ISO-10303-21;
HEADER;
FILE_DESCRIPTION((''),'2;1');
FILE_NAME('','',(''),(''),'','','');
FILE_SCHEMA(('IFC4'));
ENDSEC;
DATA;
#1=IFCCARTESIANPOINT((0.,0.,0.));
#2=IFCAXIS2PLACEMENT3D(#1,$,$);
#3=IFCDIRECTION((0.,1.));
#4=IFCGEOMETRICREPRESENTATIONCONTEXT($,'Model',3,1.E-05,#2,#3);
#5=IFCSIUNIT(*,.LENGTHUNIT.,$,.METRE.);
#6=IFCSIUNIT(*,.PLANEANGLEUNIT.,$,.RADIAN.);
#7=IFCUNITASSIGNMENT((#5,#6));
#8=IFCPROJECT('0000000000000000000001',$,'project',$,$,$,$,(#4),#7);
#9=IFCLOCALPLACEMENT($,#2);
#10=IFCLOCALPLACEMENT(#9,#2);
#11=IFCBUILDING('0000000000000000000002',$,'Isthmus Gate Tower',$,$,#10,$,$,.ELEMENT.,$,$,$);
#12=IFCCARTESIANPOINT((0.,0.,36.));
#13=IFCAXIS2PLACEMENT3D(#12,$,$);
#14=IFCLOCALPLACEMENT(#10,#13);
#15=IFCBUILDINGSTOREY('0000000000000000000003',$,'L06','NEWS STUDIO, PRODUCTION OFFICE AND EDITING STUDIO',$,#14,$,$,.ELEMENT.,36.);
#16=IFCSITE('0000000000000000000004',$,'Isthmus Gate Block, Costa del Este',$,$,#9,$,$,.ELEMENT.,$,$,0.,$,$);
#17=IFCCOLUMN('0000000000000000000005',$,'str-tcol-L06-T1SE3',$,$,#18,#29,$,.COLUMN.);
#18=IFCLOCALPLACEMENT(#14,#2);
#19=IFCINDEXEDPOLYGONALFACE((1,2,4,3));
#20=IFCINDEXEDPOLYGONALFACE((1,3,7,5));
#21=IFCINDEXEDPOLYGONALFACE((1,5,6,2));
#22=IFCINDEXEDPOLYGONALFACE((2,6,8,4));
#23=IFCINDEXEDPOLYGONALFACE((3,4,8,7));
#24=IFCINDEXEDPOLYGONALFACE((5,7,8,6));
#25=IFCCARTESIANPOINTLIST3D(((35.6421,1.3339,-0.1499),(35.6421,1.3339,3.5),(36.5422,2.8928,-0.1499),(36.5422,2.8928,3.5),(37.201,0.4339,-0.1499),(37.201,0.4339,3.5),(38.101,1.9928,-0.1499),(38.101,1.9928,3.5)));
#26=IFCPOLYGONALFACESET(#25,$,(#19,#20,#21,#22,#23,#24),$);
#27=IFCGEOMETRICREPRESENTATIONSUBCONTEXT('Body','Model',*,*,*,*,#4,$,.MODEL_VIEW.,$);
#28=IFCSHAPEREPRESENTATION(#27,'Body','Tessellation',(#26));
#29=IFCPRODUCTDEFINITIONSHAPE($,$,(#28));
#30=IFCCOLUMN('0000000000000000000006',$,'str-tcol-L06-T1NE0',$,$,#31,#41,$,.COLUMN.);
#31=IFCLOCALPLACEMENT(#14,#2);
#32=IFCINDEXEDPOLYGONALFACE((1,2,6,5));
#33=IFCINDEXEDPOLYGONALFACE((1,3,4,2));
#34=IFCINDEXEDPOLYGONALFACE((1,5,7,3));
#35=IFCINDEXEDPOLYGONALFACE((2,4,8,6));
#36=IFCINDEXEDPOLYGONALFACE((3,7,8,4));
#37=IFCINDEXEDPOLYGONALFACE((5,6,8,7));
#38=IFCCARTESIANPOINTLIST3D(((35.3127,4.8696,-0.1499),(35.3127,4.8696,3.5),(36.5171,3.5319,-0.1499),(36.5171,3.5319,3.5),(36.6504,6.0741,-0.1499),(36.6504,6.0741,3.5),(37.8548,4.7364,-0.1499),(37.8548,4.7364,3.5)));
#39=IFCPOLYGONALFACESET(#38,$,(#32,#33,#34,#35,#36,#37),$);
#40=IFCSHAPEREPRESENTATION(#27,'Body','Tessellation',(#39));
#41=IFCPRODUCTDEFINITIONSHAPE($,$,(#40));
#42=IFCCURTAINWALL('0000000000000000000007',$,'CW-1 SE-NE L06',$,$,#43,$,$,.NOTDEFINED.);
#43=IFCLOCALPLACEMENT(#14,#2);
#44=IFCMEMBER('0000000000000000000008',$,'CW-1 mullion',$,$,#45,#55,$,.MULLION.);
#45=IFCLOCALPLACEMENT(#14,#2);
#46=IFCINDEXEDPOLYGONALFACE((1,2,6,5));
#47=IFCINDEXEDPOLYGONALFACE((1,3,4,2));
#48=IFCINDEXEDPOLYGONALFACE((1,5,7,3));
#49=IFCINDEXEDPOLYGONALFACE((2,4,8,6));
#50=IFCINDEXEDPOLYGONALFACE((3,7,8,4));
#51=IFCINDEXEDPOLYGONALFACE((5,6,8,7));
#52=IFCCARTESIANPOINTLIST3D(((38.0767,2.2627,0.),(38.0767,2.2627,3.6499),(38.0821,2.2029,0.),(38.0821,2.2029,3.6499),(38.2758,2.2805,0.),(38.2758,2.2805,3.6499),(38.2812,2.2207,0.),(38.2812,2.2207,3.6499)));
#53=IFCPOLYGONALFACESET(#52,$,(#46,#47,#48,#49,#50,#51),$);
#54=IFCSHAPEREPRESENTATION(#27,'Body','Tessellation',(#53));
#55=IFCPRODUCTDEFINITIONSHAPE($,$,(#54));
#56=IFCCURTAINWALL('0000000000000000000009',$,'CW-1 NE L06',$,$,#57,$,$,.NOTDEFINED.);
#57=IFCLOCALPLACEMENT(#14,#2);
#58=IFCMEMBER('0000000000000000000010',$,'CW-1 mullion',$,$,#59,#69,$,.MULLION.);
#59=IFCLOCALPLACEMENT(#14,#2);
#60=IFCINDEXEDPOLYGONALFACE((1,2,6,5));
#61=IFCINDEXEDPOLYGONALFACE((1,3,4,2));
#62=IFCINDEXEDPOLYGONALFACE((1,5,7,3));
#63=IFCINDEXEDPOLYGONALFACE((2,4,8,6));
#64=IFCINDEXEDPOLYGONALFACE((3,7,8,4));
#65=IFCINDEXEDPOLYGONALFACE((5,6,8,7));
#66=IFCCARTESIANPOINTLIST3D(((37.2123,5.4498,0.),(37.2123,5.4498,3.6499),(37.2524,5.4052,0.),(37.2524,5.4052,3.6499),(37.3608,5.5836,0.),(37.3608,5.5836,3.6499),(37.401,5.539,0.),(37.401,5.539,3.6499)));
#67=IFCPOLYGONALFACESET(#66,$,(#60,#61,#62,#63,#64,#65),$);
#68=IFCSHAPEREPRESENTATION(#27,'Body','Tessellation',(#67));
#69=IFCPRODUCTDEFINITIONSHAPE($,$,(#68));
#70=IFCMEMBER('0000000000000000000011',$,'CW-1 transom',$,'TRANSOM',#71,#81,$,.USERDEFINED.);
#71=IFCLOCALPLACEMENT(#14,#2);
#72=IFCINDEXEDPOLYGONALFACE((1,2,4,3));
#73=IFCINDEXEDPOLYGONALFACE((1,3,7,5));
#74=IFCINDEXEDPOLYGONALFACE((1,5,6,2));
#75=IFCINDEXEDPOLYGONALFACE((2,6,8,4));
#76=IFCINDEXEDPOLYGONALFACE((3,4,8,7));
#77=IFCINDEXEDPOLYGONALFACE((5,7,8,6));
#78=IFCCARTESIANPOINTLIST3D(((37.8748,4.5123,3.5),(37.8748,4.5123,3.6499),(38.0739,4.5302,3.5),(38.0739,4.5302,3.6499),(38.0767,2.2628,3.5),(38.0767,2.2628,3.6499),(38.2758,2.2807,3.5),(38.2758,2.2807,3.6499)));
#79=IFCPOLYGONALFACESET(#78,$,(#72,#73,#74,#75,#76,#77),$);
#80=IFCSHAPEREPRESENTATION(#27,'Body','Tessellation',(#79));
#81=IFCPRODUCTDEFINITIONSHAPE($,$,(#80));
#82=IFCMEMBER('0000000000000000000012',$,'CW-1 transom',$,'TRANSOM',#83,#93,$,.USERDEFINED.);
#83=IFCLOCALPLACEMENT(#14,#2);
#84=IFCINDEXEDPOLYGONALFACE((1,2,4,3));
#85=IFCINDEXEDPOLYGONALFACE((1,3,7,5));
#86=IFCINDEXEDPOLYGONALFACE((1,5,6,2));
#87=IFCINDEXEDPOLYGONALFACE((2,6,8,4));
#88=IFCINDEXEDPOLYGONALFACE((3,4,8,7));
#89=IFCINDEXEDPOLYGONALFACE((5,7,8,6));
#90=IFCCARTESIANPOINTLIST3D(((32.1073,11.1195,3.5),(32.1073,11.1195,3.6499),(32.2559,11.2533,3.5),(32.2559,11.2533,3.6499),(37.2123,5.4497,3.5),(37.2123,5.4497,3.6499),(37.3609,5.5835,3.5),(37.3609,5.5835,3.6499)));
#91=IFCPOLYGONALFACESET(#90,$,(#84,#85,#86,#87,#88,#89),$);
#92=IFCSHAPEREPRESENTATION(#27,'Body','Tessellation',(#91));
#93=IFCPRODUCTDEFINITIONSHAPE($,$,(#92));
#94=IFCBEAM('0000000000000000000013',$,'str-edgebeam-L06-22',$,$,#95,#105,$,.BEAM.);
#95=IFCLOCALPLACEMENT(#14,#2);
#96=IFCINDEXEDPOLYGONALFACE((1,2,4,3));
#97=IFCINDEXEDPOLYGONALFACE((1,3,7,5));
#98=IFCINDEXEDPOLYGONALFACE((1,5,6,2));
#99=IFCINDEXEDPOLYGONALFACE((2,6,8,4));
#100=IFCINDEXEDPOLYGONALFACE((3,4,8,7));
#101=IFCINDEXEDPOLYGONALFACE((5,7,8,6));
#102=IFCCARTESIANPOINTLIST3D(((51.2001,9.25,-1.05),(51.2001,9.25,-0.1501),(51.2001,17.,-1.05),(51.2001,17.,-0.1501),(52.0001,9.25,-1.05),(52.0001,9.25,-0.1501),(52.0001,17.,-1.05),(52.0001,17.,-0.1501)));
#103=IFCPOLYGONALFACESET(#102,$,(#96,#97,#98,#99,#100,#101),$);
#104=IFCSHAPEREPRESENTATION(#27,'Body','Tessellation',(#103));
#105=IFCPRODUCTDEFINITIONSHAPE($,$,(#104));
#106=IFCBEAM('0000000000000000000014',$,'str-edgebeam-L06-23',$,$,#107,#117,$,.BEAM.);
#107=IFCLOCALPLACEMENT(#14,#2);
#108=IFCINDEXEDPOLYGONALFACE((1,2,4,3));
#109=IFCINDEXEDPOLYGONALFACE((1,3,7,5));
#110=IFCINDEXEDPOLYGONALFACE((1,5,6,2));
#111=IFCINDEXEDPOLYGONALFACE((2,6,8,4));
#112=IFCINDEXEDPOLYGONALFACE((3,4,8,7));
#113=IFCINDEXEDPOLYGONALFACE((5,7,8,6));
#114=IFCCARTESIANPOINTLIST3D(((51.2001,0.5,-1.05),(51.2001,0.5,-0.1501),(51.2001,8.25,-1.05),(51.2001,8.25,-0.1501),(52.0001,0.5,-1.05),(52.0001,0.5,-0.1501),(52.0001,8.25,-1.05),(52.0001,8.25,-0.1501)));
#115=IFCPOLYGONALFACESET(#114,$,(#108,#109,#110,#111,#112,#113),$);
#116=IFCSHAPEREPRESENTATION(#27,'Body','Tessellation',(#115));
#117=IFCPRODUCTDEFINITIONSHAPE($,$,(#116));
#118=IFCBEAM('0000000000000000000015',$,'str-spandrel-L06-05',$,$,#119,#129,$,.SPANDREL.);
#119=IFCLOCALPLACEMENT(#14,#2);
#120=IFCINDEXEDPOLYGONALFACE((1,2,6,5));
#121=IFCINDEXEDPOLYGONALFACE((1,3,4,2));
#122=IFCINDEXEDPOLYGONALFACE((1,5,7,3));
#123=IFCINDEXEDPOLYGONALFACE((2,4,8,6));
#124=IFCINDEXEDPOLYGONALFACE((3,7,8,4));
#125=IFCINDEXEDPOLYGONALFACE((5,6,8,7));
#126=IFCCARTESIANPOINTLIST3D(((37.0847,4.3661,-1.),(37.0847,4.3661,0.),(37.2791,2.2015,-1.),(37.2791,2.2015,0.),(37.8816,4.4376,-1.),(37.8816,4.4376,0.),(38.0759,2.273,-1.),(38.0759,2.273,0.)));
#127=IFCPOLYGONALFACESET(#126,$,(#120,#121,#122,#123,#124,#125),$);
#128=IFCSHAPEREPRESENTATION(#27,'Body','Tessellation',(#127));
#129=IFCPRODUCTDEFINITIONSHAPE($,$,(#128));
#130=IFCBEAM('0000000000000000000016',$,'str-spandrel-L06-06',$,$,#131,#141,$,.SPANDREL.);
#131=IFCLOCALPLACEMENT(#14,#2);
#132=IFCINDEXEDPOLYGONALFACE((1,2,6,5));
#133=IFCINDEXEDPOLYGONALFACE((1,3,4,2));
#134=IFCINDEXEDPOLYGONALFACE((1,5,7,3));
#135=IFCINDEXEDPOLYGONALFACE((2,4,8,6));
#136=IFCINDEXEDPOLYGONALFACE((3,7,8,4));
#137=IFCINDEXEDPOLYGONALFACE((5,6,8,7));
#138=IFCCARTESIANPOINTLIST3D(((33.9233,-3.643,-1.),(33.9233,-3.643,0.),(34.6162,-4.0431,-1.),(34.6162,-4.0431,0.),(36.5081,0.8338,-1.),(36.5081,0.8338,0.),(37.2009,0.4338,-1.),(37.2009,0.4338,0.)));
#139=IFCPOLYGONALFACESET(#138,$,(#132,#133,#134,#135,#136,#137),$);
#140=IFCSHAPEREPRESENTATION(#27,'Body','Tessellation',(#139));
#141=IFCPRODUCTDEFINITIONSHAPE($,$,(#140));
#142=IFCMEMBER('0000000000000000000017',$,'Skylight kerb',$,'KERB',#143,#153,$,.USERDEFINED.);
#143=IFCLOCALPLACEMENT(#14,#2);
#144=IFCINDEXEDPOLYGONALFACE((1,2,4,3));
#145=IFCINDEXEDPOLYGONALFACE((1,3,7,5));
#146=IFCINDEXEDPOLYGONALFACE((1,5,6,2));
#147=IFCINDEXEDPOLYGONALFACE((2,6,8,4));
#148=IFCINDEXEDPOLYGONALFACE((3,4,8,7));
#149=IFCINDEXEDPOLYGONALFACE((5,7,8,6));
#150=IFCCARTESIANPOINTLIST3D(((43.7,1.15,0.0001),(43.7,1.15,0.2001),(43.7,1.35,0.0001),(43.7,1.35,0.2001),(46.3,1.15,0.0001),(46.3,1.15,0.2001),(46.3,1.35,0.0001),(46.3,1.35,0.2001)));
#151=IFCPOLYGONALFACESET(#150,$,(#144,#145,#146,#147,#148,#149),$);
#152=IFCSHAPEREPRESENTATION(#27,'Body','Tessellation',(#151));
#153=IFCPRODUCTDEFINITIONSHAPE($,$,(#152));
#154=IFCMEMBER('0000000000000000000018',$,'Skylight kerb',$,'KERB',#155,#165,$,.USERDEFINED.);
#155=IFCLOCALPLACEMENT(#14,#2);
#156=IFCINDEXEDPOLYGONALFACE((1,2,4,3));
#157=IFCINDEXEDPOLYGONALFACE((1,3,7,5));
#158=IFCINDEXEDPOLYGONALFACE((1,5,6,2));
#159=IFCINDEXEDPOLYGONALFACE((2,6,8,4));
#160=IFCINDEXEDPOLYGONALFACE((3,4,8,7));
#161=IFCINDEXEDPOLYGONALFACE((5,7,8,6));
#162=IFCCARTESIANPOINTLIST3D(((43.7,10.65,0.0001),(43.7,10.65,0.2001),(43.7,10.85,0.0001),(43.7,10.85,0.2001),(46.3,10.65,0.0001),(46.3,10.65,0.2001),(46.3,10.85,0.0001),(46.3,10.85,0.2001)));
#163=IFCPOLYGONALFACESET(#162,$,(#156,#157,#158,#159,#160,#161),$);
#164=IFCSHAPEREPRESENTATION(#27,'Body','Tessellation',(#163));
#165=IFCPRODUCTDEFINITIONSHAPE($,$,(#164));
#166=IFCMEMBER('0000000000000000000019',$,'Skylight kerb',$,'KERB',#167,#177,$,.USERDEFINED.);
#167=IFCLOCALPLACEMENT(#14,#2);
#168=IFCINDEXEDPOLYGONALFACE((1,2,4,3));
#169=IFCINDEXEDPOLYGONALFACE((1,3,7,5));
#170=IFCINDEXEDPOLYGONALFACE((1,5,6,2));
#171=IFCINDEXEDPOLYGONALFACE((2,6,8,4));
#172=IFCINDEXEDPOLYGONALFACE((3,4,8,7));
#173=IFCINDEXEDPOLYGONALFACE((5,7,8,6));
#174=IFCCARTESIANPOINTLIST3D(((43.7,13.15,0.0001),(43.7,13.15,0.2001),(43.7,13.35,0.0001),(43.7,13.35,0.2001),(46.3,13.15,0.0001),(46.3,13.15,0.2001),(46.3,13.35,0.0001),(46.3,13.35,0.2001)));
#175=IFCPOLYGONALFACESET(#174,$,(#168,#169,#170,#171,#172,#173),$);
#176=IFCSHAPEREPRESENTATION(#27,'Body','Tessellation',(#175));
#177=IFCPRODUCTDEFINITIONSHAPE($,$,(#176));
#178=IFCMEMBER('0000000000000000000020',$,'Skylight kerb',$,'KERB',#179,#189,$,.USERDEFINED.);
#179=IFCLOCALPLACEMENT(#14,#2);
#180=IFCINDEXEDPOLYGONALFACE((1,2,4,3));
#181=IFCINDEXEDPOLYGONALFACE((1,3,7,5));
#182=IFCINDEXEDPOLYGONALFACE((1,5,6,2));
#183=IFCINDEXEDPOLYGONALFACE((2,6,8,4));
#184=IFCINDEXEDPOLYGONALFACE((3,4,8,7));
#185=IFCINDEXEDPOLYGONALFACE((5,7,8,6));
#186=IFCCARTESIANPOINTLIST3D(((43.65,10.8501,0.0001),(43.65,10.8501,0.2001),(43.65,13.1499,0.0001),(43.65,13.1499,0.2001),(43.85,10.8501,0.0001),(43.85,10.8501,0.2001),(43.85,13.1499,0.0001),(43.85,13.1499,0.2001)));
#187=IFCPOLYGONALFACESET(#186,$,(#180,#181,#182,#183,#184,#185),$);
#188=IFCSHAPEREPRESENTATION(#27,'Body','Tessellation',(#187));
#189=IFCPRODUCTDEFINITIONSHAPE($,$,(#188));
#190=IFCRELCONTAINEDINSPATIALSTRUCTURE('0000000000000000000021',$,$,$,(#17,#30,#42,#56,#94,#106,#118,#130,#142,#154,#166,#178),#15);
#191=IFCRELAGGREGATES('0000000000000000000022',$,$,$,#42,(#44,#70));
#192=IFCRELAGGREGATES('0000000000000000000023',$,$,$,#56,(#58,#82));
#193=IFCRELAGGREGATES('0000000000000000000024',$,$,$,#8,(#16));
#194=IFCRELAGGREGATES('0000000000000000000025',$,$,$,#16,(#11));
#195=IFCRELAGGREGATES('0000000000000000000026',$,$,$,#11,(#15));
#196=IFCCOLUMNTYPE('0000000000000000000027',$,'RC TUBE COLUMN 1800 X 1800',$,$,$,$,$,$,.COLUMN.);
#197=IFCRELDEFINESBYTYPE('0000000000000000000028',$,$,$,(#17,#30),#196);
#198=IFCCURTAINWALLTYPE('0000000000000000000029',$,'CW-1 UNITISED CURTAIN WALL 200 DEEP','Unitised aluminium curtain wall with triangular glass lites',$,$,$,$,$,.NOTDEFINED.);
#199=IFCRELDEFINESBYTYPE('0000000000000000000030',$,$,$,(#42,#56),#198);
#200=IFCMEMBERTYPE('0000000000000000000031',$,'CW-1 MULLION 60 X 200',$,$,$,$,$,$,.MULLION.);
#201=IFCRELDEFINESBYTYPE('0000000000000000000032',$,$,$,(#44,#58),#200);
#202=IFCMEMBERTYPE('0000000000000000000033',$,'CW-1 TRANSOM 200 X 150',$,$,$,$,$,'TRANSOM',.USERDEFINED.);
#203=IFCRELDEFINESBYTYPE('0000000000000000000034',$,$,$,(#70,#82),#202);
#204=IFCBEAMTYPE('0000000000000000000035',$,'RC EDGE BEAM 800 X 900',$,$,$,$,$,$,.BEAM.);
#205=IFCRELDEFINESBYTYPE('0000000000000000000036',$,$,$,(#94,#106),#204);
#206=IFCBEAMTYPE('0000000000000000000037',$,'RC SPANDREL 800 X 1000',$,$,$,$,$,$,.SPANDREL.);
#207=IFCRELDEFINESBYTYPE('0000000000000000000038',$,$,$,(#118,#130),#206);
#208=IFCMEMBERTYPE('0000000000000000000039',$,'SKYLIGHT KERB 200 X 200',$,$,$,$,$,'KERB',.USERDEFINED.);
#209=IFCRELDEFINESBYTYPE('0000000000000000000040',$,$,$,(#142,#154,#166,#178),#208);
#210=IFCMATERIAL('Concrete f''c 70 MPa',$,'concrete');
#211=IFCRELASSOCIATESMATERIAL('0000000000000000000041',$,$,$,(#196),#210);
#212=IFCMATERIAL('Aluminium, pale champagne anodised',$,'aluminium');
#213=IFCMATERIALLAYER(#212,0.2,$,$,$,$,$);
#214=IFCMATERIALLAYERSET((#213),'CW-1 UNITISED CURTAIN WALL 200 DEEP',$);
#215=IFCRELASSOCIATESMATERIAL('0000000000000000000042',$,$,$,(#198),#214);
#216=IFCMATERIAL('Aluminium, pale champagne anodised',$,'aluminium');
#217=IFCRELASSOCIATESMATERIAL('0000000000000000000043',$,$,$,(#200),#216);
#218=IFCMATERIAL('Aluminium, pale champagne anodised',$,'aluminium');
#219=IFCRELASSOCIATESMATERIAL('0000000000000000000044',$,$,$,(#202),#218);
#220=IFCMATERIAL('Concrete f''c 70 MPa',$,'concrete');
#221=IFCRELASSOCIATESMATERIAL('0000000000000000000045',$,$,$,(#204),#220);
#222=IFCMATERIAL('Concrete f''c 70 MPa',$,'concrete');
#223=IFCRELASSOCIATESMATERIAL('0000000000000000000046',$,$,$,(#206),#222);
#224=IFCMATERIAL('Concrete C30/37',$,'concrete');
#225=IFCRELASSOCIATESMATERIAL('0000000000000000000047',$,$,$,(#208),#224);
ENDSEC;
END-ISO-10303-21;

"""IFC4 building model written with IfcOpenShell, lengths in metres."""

from ifc_helpers import new_model, si_unit, direction, frame, origin, origin_2d, place, context, subcontext, project, spatial, rectangle, extrude, material, layer, layer_set, material_profile, profile_set, type_object, element, aggregate, save


model = new_model("IFC4")

# Units and contexts
model_context = context("Model", 3, precision=1e-05, world=origin(), true_north=direction((0.0, 1.0)))
body_context = subcontext(model_context, "Body", "Model", "MODEL_VIEW")
ifc_project = project(units=[si_unit("LENGTHUNIT", "METRE"), si_unit("PLANEANGLEUNIT", "RADIAN")], contexts=[model_context])

# Site, building, storey
site_placement = place(None, origin())
site = spatial("IfcSite", under=ifc_project, at=site_placement, Name="Isthmus Gate Block, Costa del Este", CompositionType="ELEMENT", RefElevation=0.0)
building_placement = place(site_placement, origin())
building = spatial("IfcBuilding", under=site, at=building_placement, Name="Isthmus Gate Tower", CompositionType="ELEMENT")
storey_placement = place(building_placement, frame((0.0, 0.0, 36.0)))
storey = spatial("IfcBuildingStorey", under=building, at=storey_placement, Name="L06", Description="NEWS STUDIO, PRODUCTION OFFICE AND EDITING STUDIO", CompositionType="ELEMENT", Elevation=36.0)

# Columns
ifc_material_1 = material(Name="Concrete f'c 70 MPa", Category="concrete")
ifc_material_profile_1 = material_profile(ifc_material_1, rectangle(XDim=1.8, YDim=1.8, at=origin_2d()), Name="RC 1800X1800")
ifc_profile_set_1 = profile_set([ifc_material_profile_1], Name="Concrete f'c 70 MPa")
column_type = type_object("IfcColumnType", Name="RC TUBE COLUMN 1800 X 1800", PredefinedType="COLUMN", material=ifc_profile_set_1)
for number, where, z_axis, x_axis, name in (
    (1, (36.8716, 1.6633, -0.1499), (0.0, 0.0, 1.0), (0.5, 0.866025, 0.0), "str-tcol-L06-T1SE3"),
    (2, (36.5837, 4.803, -0.1499), (0.0, 0.0, 1.0), (-0.669131, 0.743145, 0.0), "str-tcol-L06-T1NE0"),
):
    element("IfcColumn", number, at=place(storey_placement, frame(where, z_axis=z_axis, x_axis=x_axis)), inside=storey, type_object=column_type, Name=name, PredefinedType="COLUMN", context=body_context, shape_type="SweptSolid", body=[
        extrude(rectangle(XDim=1.8, YDim=1.8, at=origin_2d()), origin(), (0.0, 0.0, 1.0), 3.6499),
    ])

# Curtain walls, members
ifc_material_2 = material(Name="Aluminium, pale champagne anodised", Category="aluminium")
ifc_layer_1 = layer(ifc_material_2, 0.2)
ifc_layer_set_1 = layer_set([ifc_layer_1], Name="CW-1 UNITISED CURTAIN WALL 200 DEEP")
curtain_wall_type = type_object("IfcCurtainWallType", Name="CW-1 UNITISED CURTAIN WALL 200 DEEP", Description="Unitised aluminium curtain wall with triangular glass lites", PredefinedType="NOTDEFINED", material=ifc_layer_set_1)
curtain_wall_1_placement = place(storey_placement, origin())
curtain_wall_1 = element("IfcCurtainWall", 3, at=curtain_wall_1_placement, inside=storey, type_object=curtain_wall_type, Name="CW-1 SE-NE L06", PredefinedType="NOTDEFINED")
ifc_material_3 = material(Name="Aluminium, pale champagne anodised", Category="aluminium")
ifc_material_profile_2 = material_profile(ifc_material_3, rectangle(XDim=0.0601, YDim=0.2, at=origin_2d()), Name="60x200")
ifc_profile_set_2 = profile_set([ifc_material_profile_2], Name="Aluminium, pale champagne anodised")
member_type_1 = type_object("IfcMemberType", Name="CW-1 MULLION 60 X 200", PredefinedType="MULLION", material=ifc_profile_set_2)
member_1_placement = place(storey_placement, frame((38.179, 2.2417, 0.0), z_axis=(0.0, 0.0, 1.0), x_axis=(-0.089397, 0.995996, 0.0)))
member_1 = element("IfcMember", 4, at=member_1_placement, type_object=member_type_1, Name="CW-1 mullion", PredefinedType="MULLION", context=body_context, shape_type="SweptSolid", body=[
    extrude(rectangle(XDim=0.0601, YDim=0.2, at=origin_2d()), origin(), (0.0, 0.0, 1.0), 3.6499),
])
curtain_wall_2_placement = place(storey_placement, origin())
curtain_wall_2 = element("IfcCurtainWall", 5, at=curtain_wall_2_placement, inside=storey, type_object=curtain_wall_type, Name="CW-1 NE L06", PredefinedType="NOTDEFINED")
member_2_placement = place(storey_placement, frame((37.3066, 5.4944, 0.0), z_axis=(0.0, 0.0, 1.0), x_axis=(-0.669131, 0.743145, 0.0)))
member_2 = element("IfcMember", 6, at=member_2_placement, type_object=member_type_1, Name="CW-1 mullion", PredefinedType="MULLION", context=body_context, shape_type="SweptSolid", body=[
    extrude(rectangle(XDim=0.0601, YDim=0.2, at=origin_2d()), origin(), (0.0, 0.0, 1.0), 3.6499),
])

# Members
ifc_material_4 = material(Name="Aluminium, pale champagne anodised", Category="aluminium")
ifc_material_profile_3 = material_profile(ifc_material_4, rectangle(XDim=0.2, YDim=0.1499, at=origin_2d()), Name="200x150")
ifc_profile_set_3 = profile_set([ifc_material_profile_3], Name="Aluminium, pale champagne anodised")
member_type_2 = type_object("IfcMemberType", Name="CW-1 TRANSOM 200 X 150", ElementType="TRANSOM", PredefinedType="USERDEFINED", material=ifc_profile_set_3)
member_3_placement = place(storey_placement, frame((38.1763, 2.2717, 3.575), z_axis=(-0.089395, 0.995996, 0.0), x_axis=(-0.995996, -0.089395, 0.0)))
member_3 = element("IfcMember", 7, at=member_3_placement, type_object=member_type_2, Name="CW-1 transom", ObjectType="TRANSOM", PredefinedType="USERDEFINED", context=body_context, shape_type="SweptSolid", body=[
    extrude(rectangle(XDim=0.2, YDim=0.1499, at=origin_2d()), origin(), (0.0, 0.0, 1.0), 2.2585),
])
member_4_placement = place(storey_placement, frame((37.2866, 5.5166, 3.575), z_axis=(-0.669129, 0.743146, 0.0), x_axis=(-0.743146, -0.669129, 0.0)))
member_4 = element("IfcMember", 8, at=member_4_placement, type_object=member_type_2, Name="CW-1 transom", ObjectType="TRANSOM", PredefinedType="USERDEFINED", context=body_context, shape_type="SweptSolid", body=[
    extrude(rectangle(XDim=0.2, YDim=0.1499, at=origin_2d()), origin(), (0.0, 0.0, 1.0), 7.6294),
])

# Beams
ifc_material_5 = material(Name="Concrete f'c 70 MPa", Category="concrete")
ifc_material_profile_4 = material_profile(ifc_material_5, rectangle(XDim=0.8, YDim=0.8999, at=origin_2d()), Name="RC 800X900")
ifc_profile_set_4 = profile_set([ifc_material_profile_4], Name="Concrete f'c 70 MPa")
beam_type_1 = type_object("IfcBeamType", Name="RC EDGE BEAM 800 X 900", PredefinedType="BEAM", material=ifc_profile_set_4)
for number, where, z_axis, x_axis, name in (
    (9, (51.6001, 17.0, -0.6001), (0.0, -1.0, 0.0), (1.0, 0.0, 0.0), "str-edgebeam-L06-22"),
    (10, (51.6001, 8.25, -0.6001), (0.0, -1.0, 0.0), (1.0, 0.0, 0.0), "str-edgebeam-L06-23"),
):
    element("IfcBeam", number, at=place(storey_placement, frame(where, z_axis=z_axis, x_axis=x_axis)), inside=storey, type_object=beam_type_1, Name=name, PredefinedType="BEAM", context=body_context, shape_type="SweptSolid", body=[
        extrude(rectangle(XDim=0.8, YDim=0.8999, at=origin_2d()), origin(), (0.0, 0.0, 1.0), 7.75),
    ])
ifc_material_6 = material(Name="Concrete f'c 70 MPa", Category="concrete")
ifc_material_profile_5 = material_profile(ifc_material_6, rectangle(XDim=0.8, YDim=1.0, at=origin_2d()), Name="RC 800X1000")
ifc_profile_set_5 = profile_set([ifc_material_profile_5], Name="Concrete f'c 70 MPa")
beam_type_2 = type_object("IfcBeamType", Name="RC SPANDREL 800 X 1000", PredefinedType="SPANDREL", material=ifc_profile_set_5)
beam_1_placement = place(storey_placement, frame((37.4832, 4.4019, -0.5), z_axis=(0.089422, -0.995994, 0.0), x_axis=(0.995994, 0.089422, 0.0)))
element("IfcBeam", 11, at=beam_1_placement, inside=storey, type_object=beam_type_2, Name="str-spandrel-L06-05", PredefinedType="SPANDREL", context=body_context, shape_type="SweptSolid", body=[
    extrude(rectangle(XDim=0.8, YDim=1.0, at=origin_2d()), origin(), (0.0, 0.0, 1.0), 2.1733),
])
beam_2_placement = place(storey_placement, frame((36.8545, 0.6338, -0.5), z_axis=(-0.500005, -0.866023, 0.0), x_axis=(0.866023, -0.500005, 0.0)))
element("IfcBeam", 12, at=beam_2_placement, inside=storey, type_object=beam_type_2, Name="str-spandrel-L06-06", PredefinedType="SPANDREL", context=body_context, shape_type="SweptSolid", body=[
    extrude(rectangle(XDim=0.8, YDim=1.0, at=origin_2d()), origin(), (0.0, 0.0, 1.0), 5.1694),
])

# Members
ifc_material_7 = material(Name="Concrete C30/37", Category="concrete")
ifc_material_profile_6 = material_profile(ifc_material_7, rectangle(XDim=0.2, YDim=0.2, at=origin_2d()), Name="200x200")
ifc_profile_set_6 = profile_set([ifc_material_profile_6], Name="Concrete C30/37")
member_type_3 = type_object("IfcMemberType", Name="SKYLIGHT KERB 200 X 200", ElementType="KERB", PredefinedType="USERDEFINED", material=ifc_profile_set_6)
for number, where, z_axis, x_axis, name in (
    (13, (43.7, 1.25, 0.1001), (1.0, 0.0, 0.0), (0.0, 1.0, 0.0), "Skylight kerb"),
    (14, (43.7, 10.75, 0.1001), (1.0, 0.0, 0.0), (0.0, 1.0, 0.0), "Skylight kerb"),
    (15, (43.7, 13.25, 0.1001), (1.0, 0.0, 0.0), (0.0, 1.0, 0.0), "Skylight kerb"),
):
    element("IfcMember", number, at=place(storey_placement, frame(where, z_axis=z_axis, x_axis=x_axis)), inside=storey, type_object=member_type_3, Name=name, ObjectType="KERB", PredefinedType="USERDEFINED", context=body_context, shape_type="SweptSolid", body=[
        extrude(rectangle(XDim=0.2, YDim=0.2, at=origin_2d()), origin(), (0.0, 0.0, 1.0), 2.6001),
    ])
for number, where, z_axis, x_axis, name in (
    (16, (43.75, 10.8501, 0.1001), (0.0, 1.0, 0.0), (-1.0, 0.0, 0.0), "Skylight kerb"),
):
    element("IfcMember", number, at=place(storey_placement, frame(where, z_axis=z_axis, x_axis=x_axis)), inside=storey, type_object=member_type_3, Name=name, ObjectType="KERB", PredefinedType="USERDEFINED", context=body_context, shape_type="SweptSolid", body=[
        extrude(rectangle(XDim=0.2, YDim=0.2, at=origin_2d()), origin(), (0.0, 0.0, 1.0), 2.2998),
    ])

aggregate(curtain_wall_1, [member_1, member_3])

aggregate(curtain_wall_2, [member_2, member_4])

save(model, "model.ifc")
